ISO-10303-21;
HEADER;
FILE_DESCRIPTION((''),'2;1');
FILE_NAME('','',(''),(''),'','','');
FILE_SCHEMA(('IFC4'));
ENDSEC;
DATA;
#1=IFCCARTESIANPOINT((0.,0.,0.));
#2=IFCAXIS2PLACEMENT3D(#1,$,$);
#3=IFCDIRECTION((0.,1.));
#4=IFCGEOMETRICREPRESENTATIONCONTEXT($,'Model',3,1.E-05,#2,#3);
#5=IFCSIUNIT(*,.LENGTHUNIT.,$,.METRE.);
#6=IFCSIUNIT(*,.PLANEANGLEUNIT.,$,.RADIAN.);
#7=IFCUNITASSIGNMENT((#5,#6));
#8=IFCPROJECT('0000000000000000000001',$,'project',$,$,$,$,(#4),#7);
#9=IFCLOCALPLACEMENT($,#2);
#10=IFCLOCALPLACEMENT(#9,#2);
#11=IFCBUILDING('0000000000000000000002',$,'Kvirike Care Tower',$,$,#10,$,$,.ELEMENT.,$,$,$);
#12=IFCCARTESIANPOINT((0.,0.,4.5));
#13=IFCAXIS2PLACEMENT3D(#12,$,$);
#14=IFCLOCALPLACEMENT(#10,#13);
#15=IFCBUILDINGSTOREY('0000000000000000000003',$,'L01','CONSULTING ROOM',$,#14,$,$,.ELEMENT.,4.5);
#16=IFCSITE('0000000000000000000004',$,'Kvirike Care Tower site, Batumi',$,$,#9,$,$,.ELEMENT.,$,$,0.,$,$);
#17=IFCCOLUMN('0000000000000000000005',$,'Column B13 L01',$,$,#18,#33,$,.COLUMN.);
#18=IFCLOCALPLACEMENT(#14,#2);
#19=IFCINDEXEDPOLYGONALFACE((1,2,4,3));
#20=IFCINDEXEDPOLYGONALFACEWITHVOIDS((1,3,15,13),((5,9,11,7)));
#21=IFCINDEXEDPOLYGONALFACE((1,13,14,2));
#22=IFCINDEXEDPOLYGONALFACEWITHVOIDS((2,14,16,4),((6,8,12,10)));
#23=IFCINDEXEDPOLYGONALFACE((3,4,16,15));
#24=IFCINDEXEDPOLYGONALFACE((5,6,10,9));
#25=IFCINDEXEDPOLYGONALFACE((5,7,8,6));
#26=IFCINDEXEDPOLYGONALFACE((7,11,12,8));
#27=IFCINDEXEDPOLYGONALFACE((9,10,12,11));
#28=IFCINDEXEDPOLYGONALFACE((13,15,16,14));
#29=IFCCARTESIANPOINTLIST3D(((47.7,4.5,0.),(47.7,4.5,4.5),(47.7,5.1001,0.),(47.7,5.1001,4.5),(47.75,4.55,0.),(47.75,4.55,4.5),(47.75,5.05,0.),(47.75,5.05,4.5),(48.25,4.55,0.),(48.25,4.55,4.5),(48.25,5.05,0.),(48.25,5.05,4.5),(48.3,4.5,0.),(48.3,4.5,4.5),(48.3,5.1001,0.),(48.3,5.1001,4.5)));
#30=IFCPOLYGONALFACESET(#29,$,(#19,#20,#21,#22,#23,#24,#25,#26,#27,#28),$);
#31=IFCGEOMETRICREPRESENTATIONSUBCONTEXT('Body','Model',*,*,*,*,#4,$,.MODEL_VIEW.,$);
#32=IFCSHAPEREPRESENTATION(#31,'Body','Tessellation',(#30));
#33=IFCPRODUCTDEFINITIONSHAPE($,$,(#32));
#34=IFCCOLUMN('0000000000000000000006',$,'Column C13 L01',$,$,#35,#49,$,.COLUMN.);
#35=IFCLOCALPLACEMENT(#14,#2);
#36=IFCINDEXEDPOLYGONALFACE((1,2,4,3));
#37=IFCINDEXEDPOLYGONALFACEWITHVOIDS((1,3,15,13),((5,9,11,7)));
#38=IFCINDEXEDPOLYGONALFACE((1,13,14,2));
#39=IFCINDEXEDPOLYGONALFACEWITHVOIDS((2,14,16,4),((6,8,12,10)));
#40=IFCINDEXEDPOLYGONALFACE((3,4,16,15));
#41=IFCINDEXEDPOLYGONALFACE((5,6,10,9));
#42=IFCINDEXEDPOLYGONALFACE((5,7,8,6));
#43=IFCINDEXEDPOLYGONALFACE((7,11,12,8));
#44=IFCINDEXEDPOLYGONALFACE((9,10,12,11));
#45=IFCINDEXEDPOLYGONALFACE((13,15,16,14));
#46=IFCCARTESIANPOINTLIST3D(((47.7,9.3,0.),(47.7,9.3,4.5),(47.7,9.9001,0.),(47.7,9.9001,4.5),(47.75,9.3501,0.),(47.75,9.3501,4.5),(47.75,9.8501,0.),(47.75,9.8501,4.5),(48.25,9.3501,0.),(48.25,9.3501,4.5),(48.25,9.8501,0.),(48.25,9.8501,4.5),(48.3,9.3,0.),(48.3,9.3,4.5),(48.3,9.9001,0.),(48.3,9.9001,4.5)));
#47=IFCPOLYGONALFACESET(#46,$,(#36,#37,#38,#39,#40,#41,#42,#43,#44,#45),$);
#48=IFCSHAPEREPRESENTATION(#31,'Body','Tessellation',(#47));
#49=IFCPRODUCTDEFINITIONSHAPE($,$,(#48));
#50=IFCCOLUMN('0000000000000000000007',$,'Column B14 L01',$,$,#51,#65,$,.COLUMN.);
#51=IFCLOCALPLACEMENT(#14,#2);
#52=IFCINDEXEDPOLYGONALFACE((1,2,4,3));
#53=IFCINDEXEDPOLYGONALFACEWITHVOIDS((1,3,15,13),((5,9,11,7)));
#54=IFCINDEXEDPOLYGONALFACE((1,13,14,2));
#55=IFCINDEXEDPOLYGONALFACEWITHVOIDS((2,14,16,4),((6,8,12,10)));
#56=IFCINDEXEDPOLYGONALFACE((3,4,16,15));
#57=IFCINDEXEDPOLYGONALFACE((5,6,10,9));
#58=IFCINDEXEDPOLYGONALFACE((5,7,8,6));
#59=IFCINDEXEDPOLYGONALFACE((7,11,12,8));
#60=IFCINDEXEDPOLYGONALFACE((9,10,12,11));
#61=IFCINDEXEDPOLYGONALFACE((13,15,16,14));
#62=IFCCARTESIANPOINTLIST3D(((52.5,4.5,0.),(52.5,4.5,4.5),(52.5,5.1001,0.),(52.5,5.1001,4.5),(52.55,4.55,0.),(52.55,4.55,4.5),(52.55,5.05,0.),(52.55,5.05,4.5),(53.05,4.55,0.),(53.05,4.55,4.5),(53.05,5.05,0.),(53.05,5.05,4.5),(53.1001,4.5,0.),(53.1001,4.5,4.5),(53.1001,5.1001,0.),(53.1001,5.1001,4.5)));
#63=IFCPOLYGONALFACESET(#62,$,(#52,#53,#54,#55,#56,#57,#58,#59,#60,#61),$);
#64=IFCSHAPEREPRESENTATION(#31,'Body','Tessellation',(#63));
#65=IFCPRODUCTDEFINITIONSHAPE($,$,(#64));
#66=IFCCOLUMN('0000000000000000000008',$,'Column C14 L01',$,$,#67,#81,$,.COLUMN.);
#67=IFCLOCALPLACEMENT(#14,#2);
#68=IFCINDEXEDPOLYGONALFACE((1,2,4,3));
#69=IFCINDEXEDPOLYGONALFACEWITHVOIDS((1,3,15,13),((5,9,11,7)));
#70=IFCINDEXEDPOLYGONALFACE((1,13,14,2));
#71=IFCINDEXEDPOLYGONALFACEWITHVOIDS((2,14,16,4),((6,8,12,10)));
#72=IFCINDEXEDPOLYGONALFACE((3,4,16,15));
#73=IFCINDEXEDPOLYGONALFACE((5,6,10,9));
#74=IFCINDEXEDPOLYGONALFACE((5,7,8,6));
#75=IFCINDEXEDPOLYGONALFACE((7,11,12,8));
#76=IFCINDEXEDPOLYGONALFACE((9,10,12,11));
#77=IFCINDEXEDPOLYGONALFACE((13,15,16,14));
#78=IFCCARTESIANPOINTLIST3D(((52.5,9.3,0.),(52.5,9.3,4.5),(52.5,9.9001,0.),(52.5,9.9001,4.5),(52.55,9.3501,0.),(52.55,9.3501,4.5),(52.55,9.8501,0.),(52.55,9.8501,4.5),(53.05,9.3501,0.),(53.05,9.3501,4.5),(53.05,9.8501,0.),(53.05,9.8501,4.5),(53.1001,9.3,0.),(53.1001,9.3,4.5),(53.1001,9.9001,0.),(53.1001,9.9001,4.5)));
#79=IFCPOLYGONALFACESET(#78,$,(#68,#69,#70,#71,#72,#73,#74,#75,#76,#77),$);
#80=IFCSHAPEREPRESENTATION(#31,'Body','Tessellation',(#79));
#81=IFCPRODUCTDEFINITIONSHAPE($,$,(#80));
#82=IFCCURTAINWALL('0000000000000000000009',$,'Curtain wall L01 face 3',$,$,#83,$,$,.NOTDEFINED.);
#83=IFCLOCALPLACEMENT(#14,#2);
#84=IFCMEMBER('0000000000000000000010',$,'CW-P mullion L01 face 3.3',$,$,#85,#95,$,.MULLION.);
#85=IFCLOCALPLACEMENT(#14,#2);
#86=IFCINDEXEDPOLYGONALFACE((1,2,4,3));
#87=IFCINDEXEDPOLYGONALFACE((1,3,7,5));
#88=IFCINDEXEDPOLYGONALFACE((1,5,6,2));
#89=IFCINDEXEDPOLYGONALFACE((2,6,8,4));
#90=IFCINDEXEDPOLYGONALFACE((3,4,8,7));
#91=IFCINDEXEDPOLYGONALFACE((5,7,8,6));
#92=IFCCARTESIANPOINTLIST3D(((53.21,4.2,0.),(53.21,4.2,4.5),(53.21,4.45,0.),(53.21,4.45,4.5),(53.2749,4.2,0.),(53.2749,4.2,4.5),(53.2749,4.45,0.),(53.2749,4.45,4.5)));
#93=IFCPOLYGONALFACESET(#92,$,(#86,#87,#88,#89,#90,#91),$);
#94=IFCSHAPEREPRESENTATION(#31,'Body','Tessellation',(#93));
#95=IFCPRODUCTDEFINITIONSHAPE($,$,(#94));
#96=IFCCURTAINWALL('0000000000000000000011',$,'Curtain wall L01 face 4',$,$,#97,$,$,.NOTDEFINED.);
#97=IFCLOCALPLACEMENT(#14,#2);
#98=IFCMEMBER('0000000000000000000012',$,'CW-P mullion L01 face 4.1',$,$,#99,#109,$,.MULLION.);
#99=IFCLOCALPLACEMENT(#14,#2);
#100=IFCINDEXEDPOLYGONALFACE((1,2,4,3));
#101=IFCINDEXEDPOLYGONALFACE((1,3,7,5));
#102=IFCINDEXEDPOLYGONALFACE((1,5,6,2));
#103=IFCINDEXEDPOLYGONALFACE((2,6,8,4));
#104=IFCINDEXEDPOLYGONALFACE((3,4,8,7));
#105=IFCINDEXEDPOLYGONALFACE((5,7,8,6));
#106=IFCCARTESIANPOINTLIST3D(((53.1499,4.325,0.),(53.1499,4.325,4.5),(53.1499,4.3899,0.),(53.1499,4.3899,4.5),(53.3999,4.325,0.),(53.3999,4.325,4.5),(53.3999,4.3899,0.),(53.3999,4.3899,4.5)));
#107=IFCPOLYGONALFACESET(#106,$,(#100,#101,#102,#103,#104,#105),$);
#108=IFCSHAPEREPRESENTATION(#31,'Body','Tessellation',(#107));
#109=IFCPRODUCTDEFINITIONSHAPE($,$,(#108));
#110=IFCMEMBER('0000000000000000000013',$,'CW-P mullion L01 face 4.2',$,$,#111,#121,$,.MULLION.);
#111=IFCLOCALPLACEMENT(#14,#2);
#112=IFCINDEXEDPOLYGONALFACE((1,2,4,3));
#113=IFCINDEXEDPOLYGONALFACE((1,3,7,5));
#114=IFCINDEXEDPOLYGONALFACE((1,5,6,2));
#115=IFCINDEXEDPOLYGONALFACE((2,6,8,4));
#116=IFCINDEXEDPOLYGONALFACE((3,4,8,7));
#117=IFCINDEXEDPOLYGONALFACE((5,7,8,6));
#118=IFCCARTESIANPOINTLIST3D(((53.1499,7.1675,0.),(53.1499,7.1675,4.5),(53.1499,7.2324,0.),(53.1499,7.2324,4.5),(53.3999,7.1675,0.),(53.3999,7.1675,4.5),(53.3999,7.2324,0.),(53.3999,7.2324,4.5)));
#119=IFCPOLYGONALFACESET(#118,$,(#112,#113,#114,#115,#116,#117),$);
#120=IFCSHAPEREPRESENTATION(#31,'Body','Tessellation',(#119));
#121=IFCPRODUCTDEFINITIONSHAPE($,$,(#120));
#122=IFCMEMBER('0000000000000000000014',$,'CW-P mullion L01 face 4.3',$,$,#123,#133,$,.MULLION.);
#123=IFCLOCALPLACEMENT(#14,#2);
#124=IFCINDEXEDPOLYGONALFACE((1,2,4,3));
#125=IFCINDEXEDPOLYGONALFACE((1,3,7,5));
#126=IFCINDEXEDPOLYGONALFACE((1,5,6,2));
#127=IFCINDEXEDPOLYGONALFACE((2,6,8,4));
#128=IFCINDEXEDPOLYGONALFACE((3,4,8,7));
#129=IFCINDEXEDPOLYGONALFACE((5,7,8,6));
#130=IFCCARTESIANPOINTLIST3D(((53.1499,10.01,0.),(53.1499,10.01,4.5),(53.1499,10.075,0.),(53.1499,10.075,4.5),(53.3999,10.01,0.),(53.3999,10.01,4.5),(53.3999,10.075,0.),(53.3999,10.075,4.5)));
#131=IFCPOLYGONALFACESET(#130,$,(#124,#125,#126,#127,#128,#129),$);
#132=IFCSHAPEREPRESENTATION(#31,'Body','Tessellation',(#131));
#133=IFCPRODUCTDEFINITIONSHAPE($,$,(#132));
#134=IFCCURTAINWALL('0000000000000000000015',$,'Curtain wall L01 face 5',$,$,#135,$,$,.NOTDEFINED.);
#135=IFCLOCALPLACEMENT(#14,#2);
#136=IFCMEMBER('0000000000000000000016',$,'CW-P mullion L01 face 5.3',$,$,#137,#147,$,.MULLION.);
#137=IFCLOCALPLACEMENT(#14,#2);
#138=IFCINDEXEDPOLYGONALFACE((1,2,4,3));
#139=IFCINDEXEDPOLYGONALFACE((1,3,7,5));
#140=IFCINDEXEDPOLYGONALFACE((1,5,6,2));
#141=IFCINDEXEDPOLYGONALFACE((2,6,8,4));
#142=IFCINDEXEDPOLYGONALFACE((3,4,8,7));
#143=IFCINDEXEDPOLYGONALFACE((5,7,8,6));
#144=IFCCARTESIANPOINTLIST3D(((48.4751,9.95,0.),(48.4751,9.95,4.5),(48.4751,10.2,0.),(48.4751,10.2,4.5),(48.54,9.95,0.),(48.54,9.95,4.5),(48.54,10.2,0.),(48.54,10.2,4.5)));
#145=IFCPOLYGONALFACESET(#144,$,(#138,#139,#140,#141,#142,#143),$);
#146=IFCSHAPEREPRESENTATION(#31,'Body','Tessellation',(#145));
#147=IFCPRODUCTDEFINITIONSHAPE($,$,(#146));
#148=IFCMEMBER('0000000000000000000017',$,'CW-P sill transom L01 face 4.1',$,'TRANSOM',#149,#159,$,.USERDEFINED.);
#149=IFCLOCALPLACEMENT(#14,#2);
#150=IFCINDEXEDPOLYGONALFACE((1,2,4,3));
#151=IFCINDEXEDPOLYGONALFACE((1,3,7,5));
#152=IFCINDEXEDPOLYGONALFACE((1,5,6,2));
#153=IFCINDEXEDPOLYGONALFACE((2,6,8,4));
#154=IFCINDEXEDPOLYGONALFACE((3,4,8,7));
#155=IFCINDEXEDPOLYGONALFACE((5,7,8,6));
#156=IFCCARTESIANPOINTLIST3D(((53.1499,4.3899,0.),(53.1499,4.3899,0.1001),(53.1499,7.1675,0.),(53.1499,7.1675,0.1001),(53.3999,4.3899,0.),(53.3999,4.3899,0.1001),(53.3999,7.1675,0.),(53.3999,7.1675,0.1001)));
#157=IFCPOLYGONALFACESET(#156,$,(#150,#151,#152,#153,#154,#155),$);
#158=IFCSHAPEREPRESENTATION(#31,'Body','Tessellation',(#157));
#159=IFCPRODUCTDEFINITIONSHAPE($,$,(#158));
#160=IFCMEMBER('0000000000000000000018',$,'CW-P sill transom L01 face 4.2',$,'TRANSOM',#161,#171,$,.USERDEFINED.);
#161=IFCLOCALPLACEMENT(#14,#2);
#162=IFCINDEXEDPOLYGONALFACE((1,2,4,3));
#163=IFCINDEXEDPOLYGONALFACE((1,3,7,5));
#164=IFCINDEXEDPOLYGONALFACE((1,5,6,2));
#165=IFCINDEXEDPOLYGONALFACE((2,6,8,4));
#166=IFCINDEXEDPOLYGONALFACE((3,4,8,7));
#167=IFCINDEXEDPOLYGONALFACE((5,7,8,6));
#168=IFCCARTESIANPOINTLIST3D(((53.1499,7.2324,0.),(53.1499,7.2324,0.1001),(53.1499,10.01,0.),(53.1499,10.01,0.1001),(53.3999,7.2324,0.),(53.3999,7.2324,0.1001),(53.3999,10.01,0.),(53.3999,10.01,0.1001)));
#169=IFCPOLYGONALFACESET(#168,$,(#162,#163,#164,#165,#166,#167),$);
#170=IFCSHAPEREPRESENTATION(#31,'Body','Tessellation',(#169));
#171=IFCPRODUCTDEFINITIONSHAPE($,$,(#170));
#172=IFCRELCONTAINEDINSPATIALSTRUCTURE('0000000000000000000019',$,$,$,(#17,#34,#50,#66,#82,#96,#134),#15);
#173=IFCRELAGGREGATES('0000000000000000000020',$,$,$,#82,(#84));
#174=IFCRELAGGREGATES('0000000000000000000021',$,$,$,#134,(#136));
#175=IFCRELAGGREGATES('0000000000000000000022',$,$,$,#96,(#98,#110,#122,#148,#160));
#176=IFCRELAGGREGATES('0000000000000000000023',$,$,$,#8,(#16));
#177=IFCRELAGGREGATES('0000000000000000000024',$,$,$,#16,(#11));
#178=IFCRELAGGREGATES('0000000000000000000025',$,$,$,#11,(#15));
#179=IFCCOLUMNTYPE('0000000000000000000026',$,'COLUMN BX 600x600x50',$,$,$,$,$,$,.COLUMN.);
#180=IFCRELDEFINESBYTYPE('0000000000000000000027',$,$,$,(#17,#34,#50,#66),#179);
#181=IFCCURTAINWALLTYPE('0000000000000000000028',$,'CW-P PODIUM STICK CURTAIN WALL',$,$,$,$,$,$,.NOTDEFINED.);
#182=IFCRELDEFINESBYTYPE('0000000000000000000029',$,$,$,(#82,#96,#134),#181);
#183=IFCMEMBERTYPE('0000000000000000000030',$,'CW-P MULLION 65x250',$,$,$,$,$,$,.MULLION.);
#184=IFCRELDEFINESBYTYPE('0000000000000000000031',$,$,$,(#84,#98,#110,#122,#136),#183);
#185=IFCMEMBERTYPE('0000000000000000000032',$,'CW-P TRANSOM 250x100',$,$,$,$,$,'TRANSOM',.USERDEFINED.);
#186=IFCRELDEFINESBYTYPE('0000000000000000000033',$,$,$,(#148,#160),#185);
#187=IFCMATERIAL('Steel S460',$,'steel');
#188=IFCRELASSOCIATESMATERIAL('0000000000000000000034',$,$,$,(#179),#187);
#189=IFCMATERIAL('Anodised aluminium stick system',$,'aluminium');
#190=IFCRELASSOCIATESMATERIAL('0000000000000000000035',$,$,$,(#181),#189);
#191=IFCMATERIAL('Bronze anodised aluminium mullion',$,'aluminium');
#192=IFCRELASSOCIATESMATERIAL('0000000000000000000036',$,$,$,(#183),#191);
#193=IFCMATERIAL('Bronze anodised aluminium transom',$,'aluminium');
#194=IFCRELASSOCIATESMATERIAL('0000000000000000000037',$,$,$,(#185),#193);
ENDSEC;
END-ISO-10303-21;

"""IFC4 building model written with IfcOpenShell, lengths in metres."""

from ifc_helpers import new_model, si_unit, direction, frame, origin, origin_2d, place, context, subcontext, project, spatial, rectangle, hollow_rectangle, extrude, material, material_profile, profile_set, type_object, element, aggregate, save


model = new_model("IFC4")

# Units and contexts
model_context = context("Model", 3, precision=1e-05, world=origin(), true_north=direction((0.0, 1.0)))
body_context = subcontext(model_context, "Body", "Model", "MODEL_VIEW")
ifc_project = project(units=[si_unit("LENGTHUNIT", "METRE"), si_unit("PLANEANGLEUNIT", "RADIAN")], contexts=[model_context])

# Site, building, storey
site_placement = place(None, origin())
site = spatial("IfcSite", under=ifc_project, at=site_placement, Name="Kvirike Care Tower site, Batumi", CompositionType="ELEMENT", RefElevation=0.0)
building_placement = place(site_placement, origin())
building = spatial("IfcBuilding", under=site, at=building_placement, Name="Kvirike Care Tower", CompositionType="ELEMENT")
storey_placement = place(building_placement, frame((0.0, 0.0, 4.5)))
storey = spatial("IfcBuildingStorey", under=building, at=storey_placement, Name="L01", Description="CONSULTING ROOM", CompositionType="ELEMENT", Elevation=4.5)

# Columns
ifc_material_1 = material(Name="Steel S460", Category="steel")
ifc_material_profile_1 = material_profile(ifc_material_1, hollow_rectangle(XDim=0.6001, YDim=0.6001, WallThickness=0.05, at=origin_2d()), Name="BX 600x600x50")
ifc_profile_set_1 = profile_set([ifc_material_profile_1], Name="Steel S460")
column_type = type_object("IfcColumnType", Name="COLUMN BX 600x600x50", PredefinedType="COLUMN", material=ifc_profile_set_1)
for number, where, z_axis, x_axis, name in (
    (1, (48.0, 4.8, 0.0), (0.0, 0.0, 1.0), (0.0, 1.0, 0.0), "Column B13 L01"),
    (2, (48.0, 9.6001, 0.0), (0.0, 0.0, 1.0), (0.0, 1.0, 0.0), "Column C13 L01"),
    (3, (52.8, 4.8, 0.0), (0.0, 0.0, 1.0), (0.0, 1.0, 0.0), "Column B14 L01"),
    (4, (52.8, 9.6001, 0.0), (0.0, 0.0, 1.0), (0.0, 1.0, 0.0), "Column C14 L01"),
):
    element("IfcColumn", number, at=place(storey_placement, frame(where, z_axis=z_axis, x_axis=x_axis)), inside=storey, type_object=column_type, Name=name, PredefinedType="COLUMN", context=body_context, shape_type="SweptSolid", body=[
        extrude(hollow_rectangle(XDim=0.6001, YDim=0.6001, WallThickness=0.05, at=origin_2d()), origin(), (0.0, 0.0, 1.0), 4.5),
    ])

# Curtain wall, member
ifc_material_2 = material(Name="Anodised aluminium stick system", Category="aluminium")
curtain_wall_type = type_object("IfcCurtainWallType", Name="CW-P PODIUM STICK CURTAIN WALL", PredefinedType="NOTDEFINED", material=ifc_material_2)
curtain_wall_1_placement = place(storey_placement, origin())
curtain_wall_1 = element("IfcCurtainWall", 5, at=curtain_wall_1_placement, inside=storey, type_object=curtain_wall_type, Name="Curtain wall L01 face 3", PredefinedType="NOTDEFINED")
ifc_material_3 = material(Name="Bronze anodised aluminium mullion", Category="aluminium")
ifc_material_profile_2 = material_profile(ifc_material_3, rectangle(XDim=0.0649, YDim=0.25, at=origin_2d()), Name="CW-P MULLION 65x250")
ifc_profile_set_2 = profile_set([ifc_material_profile_2], Name="Bronze anodised aluminium mullion")
member_type_1 = type_object("IfcMemberType", Name="CW-P MULLION 65x250", PredefinedType="MULLION", material=ifc_profile_set_2)
member_1_placement = place(storey_placement, frame((53.2424, 4.325, 0.0), z_axis=(0.0, 0.0, 1.0), x_axis=(1.0, 0.0, 0.0)))
member_1 = element("IfcMember", 6, at=member_1_placement, type_object=member_type_1, Name="CW-P mullion L01 face 3.3", PredefinedType="MULLION", context=body_context, shape_type="SweptSolid", body=[
    extrude(rectangle(XDim=0.0649, YDim=0.25, at=origin_2d()), origin(), (0.0, 0.0, 1.0), 4.5),
])
aggregate(curtain_wall_1, [member_1])

# Curtain wall, members
curtain_wall_2_placement = place(storey_placement, origin())
curtain_wall_2 = element("IfcCurtainWall", 7, at=curtain_wall_2_placement, inside=storey, type_object=curtain_wall_type, Name="Curtain wall L01 face 4", PredefinedType="NOTDEFINED")
member_2_placement = place(storey_placement, frame((53.2749, 4.3574, 0.0), z_axis=(0.0, 0.0, 1.0), x_axis=(0.0, 1.0, 0.0)))
member_2 = element("IfcMember", 8, at=member_2_placement, type_object=member_type_1, Name="CW-P mullion L01 face 4.1", PredefinedType="MULLION", context=body_context, shape_type="SweptSolid", body=[
    extrude(rectangle(XDim=0.0649, YDim=0.25, at=origin_2d()), origin(), (0.0, 0.0, 1.0), 4.5),
])
member_3_placement = place(storey_placement, frame((53.2749, 7.2, 0.0), z_axis=(0.0, 0.0, 1.0), x_axis=(0.0, 1.0, 0.0)))
member_3 = element("IfcMember", 9, at=member_3_placement, type_object=member_type_1, Name="CW-P mullion L01 face 4.2", PredefinedType="MULLION", context=body_context, shape_type="SweptSolid", body=[
    extrude(rectangle(XDim=0.0649, YDim=0.25, at=origin_2d()), origin(), (0.0, 0.0, 1.0), 4.5),
])
member_4_placement = place(storey_placement, frame((53.2749, 10.0425, 0.0), z_axis=(0.0, 0.0, 1.0), x_axis=(0.0, 1.0, 0.0)))
member_4 = element("IfcMember", 10, at=member_4_placement, type_object=member_type_1, Name="CW-P mullion L01 face 4.3", PredefinedType="MULLION", context=body_context, shape_type="SweptSolid", body=[
    extrude(rectangle(XDim=0.0649, YDim=0.25, at=origin_2d()), origin(), (0.0, 0.0, 1.0), 4.5),
])

# Curtain wall, member
curtain_wall_3_placement = place(storey_placement, origin())
curtain_wall_3 = element("IfcCurtainWall", 11, at=curtain_wall_3_placement, inside=storey, type_object=curtain_wall_type, Name="Curtain wall L01 face 5", PredefinedType="NOTDEFINED")
member_5_placement = place(storey_placement, frame((48.5076, 10.075, 0.0), z_axis=(0.0, 0.0, 1.0), x_axis=(-1.0, 0.0, 0.0)))
member_5 = element("IfcMember", 12, at=member_5_placement, type_object=member_type_1, Name="CW-P mullion L01 face 5.3", PredefinedType="MULLION", context=body_context, shape_type="SweptSolid", body=[
    extrude(rectangle(XDim=0.0649, YDim=0.25, at=origin_2d()), origin(), (0.0, 0.0, 1.0), 4.5),
])
aggregate(curtain_wall_3, [member_5])

# Members
ifc_material_4 = material(Name="Bronze anodised aluminium transom", Category="aluminium")
ifc_material_profile_3 = material_profile(ifc_material_4, rectangle(XDim=0.25, YDim=0.1001, at=origin_2d()), Name="CW-P TRANSOM 250x100")
ifc_profile_set_3 = profile_set([ifc_material_profile_3], Name="Bronze anodised aluminium transom")
member_type_2 = type_object("IfcMemberType", Name="CW-P TRANSOM 250x100", ElementType="TRANSOM", PredefinedType="USERDEFINED", material=ifc_profile_set_3)
member_6_placement = place(storey_placement, frame((53.2749, 4.3899, 0.05), z_axis=(0.0, 1.0, 0.0), x_axis=(-1.0, 0.0, 0.0)))
member_6 = element("IfcMember", 13, at=member_6_placement, type_object=member_type_2, Name="CW-P sill transom L01 face 4.1", ObjectType="TRANSOM", PredefinedType="USERDEFINED", context=body_context, shape_type="SweptSolid", body=[
    extrude(rectangle(XDim=0.25, YDim=0.1001, at=origin_2d()), origin(), (0.0, 0.0, 1.0), 2.7776),
])
member_7_placement = place(storey_placement, frame((53.2749, 7.2324, 0.05), z_axis=(0.0, 1.0, 0.0), x_axis=(-1.0, 0.0, 0.0)))
member_7 = element("IfcMember", 14, at=member_7_placement, type_object=member_type_2, Name="CW-P sill transom L01 face 4.2", ObjectType="TRANSOM", PredefinedType="USERDEFINED", context=body_context, shape_type="SweptSolid", body=[
    extrude(rectangle(XDim=0.25, YDim=0.1001, at=origin_2d()), origin(), (0.0, 0.0, 1.0), 2.7776),
])

aggregate(curtain_wall_2, [member_2, member_3, member_4, member_6, member_7])

save(model, "model.ifc")
